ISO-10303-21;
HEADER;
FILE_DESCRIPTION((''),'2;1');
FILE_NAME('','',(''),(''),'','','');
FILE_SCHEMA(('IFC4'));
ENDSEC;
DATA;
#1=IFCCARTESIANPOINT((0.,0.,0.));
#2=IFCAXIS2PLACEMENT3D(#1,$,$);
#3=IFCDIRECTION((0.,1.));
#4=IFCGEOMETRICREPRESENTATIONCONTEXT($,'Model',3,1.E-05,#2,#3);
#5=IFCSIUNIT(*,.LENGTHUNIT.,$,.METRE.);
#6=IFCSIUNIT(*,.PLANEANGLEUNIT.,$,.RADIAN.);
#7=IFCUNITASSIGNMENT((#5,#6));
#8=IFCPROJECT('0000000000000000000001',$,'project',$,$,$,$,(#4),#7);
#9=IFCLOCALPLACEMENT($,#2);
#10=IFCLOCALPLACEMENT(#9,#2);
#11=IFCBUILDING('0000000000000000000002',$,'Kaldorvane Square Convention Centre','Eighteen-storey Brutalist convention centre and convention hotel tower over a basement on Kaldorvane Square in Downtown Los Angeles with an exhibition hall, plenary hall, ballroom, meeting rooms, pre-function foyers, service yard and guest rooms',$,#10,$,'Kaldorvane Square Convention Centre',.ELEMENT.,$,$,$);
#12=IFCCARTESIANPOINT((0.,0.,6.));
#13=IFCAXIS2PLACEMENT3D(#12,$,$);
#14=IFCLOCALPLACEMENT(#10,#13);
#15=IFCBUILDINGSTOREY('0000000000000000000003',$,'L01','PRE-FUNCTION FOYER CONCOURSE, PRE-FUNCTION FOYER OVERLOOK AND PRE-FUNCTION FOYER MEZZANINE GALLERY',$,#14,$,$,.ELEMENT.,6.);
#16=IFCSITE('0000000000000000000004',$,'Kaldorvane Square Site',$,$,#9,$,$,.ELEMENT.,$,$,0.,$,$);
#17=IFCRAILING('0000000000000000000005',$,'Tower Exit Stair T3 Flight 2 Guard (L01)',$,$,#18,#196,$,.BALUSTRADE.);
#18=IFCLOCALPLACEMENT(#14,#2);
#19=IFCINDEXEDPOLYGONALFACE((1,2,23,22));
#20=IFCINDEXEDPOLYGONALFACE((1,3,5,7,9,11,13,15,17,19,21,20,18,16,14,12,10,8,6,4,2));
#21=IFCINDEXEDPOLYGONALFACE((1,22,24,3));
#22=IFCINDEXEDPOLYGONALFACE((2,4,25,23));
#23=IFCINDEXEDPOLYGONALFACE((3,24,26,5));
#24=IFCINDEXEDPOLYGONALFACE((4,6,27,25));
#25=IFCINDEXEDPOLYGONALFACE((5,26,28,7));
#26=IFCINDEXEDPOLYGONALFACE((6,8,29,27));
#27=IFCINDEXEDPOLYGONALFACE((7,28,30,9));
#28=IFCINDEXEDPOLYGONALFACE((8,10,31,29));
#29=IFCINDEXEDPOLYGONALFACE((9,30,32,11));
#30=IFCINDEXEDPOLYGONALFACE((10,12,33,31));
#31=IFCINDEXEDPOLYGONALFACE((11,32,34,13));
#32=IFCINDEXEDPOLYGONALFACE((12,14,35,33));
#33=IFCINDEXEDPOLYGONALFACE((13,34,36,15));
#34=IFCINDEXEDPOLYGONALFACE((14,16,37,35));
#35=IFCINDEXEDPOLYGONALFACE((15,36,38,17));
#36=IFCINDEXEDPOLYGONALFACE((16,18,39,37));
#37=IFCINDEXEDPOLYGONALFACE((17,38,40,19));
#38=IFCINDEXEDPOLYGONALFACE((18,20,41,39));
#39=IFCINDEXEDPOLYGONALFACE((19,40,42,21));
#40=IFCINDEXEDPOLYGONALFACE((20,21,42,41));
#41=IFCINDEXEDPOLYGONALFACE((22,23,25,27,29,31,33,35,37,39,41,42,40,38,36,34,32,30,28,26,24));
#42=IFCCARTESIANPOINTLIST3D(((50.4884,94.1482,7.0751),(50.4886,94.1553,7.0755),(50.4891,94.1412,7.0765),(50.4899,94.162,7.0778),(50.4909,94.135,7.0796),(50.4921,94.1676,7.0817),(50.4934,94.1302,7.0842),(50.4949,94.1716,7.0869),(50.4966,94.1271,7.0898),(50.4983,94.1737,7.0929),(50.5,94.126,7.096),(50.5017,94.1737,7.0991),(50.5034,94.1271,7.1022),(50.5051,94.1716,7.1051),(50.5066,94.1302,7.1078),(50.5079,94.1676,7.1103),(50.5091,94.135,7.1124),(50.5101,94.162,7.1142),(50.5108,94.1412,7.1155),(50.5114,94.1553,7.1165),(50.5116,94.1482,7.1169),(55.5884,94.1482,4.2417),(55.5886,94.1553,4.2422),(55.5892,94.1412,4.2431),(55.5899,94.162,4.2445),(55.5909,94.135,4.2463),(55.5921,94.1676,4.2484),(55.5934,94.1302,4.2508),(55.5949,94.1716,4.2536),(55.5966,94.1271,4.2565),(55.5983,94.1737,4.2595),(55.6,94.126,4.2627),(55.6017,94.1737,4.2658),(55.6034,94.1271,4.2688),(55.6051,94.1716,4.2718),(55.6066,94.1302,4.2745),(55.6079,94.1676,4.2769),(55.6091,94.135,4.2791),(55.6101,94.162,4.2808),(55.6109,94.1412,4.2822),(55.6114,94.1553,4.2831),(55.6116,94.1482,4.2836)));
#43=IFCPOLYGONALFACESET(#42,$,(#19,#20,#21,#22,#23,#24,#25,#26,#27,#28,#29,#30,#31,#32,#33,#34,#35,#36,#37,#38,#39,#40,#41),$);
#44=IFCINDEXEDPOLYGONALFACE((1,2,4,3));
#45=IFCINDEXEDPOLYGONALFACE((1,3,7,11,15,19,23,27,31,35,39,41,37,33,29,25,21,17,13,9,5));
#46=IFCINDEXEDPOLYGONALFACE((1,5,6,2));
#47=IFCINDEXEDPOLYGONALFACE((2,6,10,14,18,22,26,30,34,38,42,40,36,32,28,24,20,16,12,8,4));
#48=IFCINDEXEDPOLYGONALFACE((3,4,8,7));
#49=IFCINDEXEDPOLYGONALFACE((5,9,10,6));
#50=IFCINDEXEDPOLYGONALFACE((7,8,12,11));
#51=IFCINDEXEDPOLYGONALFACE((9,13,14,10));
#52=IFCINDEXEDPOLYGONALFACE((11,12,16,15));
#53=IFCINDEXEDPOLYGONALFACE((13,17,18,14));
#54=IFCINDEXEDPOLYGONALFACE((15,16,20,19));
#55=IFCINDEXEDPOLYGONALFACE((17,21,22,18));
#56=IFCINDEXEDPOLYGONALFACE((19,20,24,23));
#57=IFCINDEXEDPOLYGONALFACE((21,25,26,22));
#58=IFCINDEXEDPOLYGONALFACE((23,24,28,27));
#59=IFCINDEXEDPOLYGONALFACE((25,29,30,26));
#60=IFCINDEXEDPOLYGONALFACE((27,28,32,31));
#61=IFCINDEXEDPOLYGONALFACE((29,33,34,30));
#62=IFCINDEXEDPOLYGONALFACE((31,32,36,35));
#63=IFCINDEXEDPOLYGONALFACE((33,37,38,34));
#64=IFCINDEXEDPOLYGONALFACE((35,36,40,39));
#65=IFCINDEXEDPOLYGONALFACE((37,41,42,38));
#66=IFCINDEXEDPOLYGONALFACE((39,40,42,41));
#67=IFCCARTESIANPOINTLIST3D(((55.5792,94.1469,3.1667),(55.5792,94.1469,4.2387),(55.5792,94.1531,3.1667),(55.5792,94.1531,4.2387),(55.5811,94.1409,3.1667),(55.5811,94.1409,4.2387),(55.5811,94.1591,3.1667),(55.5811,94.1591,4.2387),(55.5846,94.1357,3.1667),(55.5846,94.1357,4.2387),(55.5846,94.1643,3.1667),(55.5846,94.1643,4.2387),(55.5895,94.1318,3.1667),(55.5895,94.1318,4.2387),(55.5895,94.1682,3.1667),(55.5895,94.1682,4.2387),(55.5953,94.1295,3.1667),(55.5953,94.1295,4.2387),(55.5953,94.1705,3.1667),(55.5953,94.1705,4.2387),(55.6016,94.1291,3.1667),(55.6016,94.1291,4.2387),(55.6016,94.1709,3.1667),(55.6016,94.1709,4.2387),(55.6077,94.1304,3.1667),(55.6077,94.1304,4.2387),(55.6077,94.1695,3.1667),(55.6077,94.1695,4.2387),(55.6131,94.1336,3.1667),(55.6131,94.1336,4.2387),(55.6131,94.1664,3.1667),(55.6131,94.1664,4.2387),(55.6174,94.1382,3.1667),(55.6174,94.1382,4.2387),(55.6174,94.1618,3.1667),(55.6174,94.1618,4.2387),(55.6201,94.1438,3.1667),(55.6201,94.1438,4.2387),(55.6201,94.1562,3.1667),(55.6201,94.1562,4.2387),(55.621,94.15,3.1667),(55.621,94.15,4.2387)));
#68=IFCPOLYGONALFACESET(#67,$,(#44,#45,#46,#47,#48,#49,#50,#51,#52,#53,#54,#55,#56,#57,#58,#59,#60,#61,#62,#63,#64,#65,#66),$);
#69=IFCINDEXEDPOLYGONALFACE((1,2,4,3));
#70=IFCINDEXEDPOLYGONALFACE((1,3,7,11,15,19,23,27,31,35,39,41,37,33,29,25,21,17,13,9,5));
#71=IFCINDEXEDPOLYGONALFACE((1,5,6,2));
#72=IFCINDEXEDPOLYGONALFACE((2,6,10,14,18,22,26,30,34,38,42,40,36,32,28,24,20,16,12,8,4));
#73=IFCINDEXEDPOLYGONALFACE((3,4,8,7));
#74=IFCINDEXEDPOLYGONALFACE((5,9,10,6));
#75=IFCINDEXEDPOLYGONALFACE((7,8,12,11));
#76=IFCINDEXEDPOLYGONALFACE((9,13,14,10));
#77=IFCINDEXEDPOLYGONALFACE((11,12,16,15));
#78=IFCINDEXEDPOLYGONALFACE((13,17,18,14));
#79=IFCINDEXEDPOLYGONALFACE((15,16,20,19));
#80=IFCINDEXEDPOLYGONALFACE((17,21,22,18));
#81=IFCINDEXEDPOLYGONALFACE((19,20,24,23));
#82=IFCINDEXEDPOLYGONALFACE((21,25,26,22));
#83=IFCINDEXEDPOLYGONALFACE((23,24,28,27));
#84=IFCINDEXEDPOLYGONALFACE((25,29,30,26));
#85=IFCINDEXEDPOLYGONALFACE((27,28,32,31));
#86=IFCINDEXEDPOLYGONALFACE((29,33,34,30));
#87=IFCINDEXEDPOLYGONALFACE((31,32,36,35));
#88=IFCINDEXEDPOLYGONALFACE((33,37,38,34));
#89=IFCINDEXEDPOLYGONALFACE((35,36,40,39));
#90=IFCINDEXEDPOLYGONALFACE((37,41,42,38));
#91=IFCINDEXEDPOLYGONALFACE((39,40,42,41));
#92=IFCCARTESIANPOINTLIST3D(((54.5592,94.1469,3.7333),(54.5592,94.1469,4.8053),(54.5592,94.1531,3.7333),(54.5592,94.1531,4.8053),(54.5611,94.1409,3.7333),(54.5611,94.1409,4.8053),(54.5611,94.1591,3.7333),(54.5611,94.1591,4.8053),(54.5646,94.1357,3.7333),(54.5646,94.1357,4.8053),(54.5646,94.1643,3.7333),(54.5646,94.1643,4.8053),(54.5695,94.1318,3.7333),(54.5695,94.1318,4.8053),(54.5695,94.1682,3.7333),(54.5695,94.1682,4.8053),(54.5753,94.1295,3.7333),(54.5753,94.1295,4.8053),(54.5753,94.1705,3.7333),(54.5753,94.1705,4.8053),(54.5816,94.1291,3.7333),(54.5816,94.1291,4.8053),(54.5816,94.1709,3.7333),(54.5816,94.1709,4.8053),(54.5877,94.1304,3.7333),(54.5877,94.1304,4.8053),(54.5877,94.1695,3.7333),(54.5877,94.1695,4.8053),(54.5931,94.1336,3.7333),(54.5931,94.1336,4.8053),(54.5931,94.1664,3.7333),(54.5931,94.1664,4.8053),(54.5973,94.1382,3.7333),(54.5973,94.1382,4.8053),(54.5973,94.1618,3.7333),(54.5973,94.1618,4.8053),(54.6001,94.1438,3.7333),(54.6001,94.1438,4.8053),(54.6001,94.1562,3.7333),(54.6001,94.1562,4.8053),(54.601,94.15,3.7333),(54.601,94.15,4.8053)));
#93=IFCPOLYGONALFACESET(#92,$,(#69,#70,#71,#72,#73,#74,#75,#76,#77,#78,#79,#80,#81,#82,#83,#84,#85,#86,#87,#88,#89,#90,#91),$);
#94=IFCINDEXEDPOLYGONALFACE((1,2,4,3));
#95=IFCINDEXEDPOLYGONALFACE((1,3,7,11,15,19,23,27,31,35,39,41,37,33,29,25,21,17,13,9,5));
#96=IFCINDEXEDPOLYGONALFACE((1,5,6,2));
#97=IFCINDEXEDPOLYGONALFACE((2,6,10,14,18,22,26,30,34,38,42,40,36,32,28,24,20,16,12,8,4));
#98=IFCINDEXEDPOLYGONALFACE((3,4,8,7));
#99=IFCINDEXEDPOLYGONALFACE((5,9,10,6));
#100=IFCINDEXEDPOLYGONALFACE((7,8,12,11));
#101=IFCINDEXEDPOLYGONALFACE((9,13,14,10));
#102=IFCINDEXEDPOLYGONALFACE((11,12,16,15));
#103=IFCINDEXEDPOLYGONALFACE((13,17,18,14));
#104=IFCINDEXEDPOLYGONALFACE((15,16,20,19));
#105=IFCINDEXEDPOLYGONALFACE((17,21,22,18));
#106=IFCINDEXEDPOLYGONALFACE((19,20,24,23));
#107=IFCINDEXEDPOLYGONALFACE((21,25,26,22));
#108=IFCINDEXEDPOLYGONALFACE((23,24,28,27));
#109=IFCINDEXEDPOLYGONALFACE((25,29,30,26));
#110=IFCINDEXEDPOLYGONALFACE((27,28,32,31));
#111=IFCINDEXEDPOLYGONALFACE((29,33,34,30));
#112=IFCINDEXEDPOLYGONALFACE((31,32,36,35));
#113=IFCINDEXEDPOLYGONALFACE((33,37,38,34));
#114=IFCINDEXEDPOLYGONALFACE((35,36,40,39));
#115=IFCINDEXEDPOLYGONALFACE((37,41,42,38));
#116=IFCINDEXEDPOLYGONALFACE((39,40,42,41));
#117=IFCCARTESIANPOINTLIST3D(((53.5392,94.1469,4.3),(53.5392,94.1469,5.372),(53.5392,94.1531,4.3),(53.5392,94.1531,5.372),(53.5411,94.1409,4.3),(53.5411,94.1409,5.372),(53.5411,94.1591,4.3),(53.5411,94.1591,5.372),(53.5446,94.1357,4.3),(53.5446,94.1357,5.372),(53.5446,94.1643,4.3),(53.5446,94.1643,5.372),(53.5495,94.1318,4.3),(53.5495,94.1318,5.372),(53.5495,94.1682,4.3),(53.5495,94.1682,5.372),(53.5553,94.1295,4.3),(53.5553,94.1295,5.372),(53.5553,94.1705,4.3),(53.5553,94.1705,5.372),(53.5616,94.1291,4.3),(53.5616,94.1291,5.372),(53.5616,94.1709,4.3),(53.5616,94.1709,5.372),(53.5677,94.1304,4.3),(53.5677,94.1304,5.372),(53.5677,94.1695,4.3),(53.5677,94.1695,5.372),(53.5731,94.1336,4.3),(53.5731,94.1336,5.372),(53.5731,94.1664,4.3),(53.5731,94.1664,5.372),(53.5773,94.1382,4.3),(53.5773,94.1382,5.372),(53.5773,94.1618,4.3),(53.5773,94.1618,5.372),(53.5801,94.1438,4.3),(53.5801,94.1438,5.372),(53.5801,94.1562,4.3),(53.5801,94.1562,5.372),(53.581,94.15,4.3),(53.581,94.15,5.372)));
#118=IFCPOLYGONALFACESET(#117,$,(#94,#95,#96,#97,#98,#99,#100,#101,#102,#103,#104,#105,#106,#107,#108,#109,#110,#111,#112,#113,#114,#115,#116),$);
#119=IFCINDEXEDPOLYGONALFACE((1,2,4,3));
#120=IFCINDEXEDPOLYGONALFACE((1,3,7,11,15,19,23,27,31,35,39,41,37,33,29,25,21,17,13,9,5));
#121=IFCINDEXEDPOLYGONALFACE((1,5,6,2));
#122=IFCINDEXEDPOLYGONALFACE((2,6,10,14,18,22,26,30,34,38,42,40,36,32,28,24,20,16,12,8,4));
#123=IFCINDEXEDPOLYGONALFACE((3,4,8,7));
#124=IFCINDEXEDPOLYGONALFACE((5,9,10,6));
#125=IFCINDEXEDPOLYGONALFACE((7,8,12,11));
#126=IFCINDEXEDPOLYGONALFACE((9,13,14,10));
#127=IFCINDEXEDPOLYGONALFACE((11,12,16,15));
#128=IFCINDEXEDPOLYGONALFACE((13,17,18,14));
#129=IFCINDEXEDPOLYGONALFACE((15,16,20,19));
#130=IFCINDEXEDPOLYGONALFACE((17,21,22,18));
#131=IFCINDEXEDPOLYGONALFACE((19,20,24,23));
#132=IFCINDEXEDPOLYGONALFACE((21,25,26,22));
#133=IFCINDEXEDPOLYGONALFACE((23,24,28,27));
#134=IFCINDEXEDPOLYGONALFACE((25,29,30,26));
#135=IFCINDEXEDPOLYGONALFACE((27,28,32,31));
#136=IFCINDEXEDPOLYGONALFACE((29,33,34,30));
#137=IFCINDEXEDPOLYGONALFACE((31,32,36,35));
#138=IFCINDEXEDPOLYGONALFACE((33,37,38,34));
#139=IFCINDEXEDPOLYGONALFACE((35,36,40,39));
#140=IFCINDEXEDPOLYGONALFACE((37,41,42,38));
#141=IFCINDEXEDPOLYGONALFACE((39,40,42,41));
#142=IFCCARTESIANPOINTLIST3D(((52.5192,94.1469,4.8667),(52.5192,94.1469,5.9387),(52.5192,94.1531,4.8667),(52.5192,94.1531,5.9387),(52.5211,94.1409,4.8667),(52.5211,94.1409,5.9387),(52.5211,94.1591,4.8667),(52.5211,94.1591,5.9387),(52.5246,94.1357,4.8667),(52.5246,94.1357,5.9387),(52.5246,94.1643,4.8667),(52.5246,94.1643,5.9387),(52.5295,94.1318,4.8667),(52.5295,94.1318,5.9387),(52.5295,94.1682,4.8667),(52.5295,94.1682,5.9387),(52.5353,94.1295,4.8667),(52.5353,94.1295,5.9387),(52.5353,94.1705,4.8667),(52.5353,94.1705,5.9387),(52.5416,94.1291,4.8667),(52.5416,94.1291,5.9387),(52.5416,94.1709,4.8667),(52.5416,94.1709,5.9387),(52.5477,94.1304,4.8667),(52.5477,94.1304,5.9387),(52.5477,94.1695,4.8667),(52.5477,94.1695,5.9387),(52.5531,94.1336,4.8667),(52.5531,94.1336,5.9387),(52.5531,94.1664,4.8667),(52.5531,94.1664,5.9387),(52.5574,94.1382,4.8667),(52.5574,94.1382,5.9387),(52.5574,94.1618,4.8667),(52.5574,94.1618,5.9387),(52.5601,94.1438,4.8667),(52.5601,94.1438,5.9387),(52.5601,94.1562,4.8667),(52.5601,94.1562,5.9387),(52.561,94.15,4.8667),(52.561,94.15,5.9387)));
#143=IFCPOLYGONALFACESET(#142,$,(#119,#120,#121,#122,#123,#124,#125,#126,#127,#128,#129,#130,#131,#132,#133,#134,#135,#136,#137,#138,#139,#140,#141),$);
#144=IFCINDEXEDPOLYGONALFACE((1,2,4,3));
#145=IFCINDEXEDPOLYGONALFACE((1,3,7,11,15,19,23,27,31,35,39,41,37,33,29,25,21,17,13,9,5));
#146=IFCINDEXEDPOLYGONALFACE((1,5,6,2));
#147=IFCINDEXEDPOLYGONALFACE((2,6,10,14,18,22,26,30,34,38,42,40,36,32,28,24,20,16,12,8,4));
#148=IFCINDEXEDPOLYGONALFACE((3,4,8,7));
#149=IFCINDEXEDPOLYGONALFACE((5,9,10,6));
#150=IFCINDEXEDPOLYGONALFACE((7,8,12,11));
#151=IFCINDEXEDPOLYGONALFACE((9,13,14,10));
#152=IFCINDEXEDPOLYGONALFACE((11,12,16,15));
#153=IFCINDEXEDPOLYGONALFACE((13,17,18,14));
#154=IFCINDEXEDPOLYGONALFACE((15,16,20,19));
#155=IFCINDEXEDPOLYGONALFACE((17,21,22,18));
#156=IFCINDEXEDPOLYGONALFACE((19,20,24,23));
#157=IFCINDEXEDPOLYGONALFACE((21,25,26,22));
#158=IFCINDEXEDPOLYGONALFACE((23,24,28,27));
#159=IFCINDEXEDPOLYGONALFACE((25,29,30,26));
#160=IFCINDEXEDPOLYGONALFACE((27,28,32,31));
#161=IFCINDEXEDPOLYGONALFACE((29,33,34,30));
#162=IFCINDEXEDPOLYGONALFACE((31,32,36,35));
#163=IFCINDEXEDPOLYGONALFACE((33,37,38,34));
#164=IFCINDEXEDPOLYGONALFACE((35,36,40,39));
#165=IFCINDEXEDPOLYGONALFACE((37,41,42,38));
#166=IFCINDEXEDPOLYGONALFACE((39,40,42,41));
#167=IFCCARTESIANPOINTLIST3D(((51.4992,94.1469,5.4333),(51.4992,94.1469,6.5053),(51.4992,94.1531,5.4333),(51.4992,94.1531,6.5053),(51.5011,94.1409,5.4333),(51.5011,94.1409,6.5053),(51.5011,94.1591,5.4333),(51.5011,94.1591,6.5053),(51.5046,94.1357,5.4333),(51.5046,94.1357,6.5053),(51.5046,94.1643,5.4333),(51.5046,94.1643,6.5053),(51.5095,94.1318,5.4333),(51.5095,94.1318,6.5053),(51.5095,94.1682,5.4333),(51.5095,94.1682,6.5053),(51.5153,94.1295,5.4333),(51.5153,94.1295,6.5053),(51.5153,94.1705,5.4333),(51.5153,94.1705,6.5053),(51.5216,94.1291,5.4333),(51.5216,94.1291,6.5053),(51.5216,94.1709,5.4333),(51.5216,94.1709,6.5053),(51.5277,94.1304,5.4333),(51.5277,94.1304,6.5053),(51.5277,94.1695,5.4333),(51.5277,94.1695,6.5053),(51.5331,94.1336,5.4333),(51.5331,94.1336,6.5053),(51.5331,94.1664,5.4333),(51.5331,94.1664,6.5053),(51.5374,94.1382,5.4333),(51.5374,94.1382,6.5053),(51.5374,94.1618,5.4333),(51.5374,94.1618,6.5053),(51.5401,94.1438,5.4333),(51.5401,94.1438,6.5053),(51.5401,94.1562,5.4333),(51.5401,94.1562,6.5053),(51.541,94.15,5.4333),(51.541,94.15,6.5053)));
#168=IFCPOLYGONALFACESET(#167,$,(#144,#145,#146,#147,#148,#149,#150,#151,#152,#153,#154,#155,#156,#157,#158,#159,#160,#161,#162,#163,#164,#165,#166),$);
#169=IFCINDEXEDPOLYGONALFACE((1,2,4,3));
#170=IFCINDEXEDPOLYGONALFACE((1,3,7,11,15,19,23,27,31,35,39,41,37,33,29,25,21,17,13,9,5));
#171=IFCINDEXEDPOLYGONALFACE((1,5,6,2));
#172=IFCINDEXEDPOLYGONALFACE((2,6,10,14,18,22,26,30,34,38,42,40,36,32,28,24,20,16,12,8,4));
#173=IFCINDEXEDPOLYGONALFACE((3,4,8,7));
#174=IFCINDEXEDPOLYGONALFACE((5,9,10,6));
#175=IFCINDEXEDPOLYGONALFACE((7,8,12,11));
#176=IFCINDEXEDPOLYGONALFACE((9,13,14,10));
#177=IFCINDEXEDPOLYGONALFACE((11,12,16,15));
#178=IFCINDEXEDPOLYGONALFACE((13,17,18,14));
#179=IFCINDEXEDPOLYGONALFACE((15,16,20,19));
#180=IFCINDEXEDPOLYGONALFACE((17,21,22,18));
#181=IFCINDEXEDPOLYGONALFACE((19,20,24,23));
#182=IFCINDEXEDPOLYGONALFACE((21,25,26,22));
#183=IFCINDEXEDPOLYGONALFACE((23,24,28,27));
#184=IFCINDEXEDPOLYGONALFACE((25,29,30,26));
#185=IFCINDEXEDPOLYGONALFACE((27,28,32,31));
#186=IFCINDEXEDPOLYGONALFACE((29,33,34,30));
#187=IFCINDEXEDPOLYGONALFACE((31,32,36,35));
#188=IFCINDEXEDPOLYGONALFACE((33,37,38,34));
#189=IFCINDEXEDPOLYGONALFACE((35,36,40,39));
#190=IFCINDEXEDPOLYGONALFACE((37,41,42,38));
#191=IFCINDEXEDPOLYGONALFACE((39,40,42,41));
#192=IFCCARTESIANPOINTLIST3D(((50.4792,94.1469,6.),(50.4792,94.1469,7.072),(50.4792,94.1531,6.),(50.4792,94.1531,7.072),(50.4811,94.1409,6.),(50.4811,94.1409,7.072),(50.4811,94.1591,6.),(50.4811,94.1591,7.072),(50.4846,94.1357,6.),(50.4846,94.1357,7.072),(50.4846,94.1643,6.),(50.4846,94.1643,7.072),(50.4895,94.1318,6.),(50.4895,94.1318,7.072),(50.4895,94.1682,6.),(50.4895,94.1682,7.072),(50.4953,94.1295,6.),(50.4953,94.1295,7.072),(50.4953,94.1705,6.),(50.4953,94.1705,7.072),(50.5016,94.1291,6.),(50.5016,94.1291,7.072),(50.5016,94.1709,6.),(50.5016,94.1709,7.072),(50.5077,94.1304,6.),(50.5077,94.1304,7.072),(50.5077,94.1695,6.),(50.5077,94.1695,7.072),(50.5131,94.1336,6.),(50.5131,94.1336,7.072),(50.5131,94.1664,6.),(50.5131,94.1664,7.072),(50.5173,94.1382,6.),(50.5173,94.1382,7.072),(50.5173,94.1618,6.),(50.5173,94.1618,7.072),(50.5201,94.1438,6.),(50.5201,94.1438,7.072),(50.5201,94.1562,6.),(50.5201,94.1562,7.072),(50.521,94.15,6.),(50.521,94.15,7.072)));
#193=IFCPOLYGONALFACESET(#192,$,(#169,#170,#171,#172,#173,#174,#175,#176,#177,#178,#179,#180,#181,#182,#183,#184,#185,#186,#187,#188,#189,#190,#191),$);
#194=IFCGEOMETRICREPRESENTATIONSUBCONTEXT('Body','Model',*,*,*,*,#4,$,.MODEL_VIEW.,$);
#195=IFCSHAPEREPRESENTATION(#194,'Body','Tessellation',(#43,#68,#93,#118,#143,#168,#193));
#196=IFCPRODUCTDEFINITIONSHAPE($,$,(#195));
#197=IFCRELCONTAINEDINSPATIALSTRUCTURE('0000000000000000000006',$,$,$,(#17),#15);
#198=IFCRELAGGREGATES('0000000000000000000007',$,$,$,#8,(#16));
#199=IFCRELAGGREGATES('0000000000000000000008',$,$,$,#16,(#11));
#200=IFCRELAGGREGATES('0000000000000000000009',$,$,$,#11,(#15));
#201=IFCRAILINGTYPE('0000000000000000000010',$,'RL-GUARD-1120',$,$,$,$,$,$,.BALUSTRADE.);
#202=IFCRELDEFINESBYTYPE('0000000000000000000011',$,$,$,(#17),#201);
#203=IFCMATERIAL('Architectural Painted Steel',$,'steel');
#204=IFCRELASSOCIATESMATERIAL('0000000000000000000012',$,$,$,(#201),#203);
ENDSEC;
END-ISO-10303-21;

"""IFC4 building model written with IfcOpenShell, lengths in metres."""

from ifc_helpers import new_model, si_unit, direction, frame, origin, origin_2d, place, context, subcontext, project, spatial, circle, extrude, material, type_object, element, save


model = new_model("IFC4")

# Units and contexts
model_context = context("Model", 3, precision=1e-05, world=origin(), true_north=direction((0.0, 1.0)))
body_context = subcontext(model_context, "Body", "Model", "MODEL_VIEW")
ifc_project = project(units=[si_unit("LENGTHUNIT", "METRE"), si_unit("PLANEANGLEUNIT", "RADIAN")], contexts=[model_context])

# Site, building, storey
site_placement = place(None, origin())
site = spatial("IfcSite", under=ifc_project, at=site_placement, Name="Kaldorvane Square Site", CompositionType="ELEMENT", RefElevation=0.0)
building_placement = place(site_placement, origin())
building = spatial("IfcBuilding", under=site, at=building_placement, Name="Kaldorvane Square Convention Centre", Description="Eighteen-storey Brutalist convention centre and convention hotel tower over a basement on Kaldorvane Square in Downtown Los Angeles with an exhibition hall, plenary hall, ballroom, meeting rooms, pre-function foyers, service yard and guest rooms", LongName="Kaldorvane Square Convention Centre", CompositionType="ELEMENT")
storey_placement = place(building_placement, frame((0.0, 0.0, 6.0)))
storey = spatial("IfcBuildingStorey", under=building, at=storey_placement, Name="L01", Description="PRE-FUNCTION FOYER CONCOURSE, PRE-FUNCTION FOYER OVERLOOK AND PRE-FUNCTION FOYER MEZZANINE GALLERY", CompositionType="ELEMENT", Elevation=6.0)

# Railing
ifc_material_1 = material(Name="Architectural Painted Steel", Category="steel")
railing_type_1 = type_object("IfcRailingType", Name="RL-GUARD-1120", PredefinedType="BALUSTRADE", material=ifc_material_1)
railing_1_placement = place(storey_placement, frame((55.6, 94.15, 3.1667)))
element("IfcRailing", 1, at=railing_1_placement, inside=storey, type_object=railing_type_1, Name="Tower Exit Stair T3 Flight 2 Guard (L01)", PredefinedType="BALUSTRADE", context=body_context, shape_type="SweptSolid", body=[
    extrude(circle(Radius=0.024, at=origin_2d()), frame((0.0, 0.0, 1.096), z_axis=(-0.874158, 0.0, 0.485642), x_axis=(0.0, -1.0, 0.0)), (0.0, 0.0, 1.0), 5.8342),
    extrude(circle(Radius=0.021, at=origin_2d()), origin(), (0.0, 0.0, 1.0), 1.072),
    extrude(circle(Radius=0.021, at=origin_2d()), frame((-1.02, 0.0, 0.5667)), (0.0, 0.0, 1.0), 1.072),
    extrude(circle(Radius=0.021, at=origin_2d()), frame((-2.04, 0.0, 1.1333)), (0.0, 0.0, 1.0), 1.072),
    extrude(circle(Radius=0.021, at=origin_2d()), frame((-3.06, 0.0, 1.7)), (0.0, 0.0, 1.0), 1.072),
    extrude(circle(Radius=0.021, at=origin_2d()), frame((-4.08, 0.0, 2.2667)), (0.0, 0.0, 1.0), 1.072),
    extrude(circle(Radius=0.021, at=origin_2d()), frame((-5.1, 0.0, 2.8333)), (0.0, 0.0, 1.0), 1.072),
])

save(model, "model.ifc")
